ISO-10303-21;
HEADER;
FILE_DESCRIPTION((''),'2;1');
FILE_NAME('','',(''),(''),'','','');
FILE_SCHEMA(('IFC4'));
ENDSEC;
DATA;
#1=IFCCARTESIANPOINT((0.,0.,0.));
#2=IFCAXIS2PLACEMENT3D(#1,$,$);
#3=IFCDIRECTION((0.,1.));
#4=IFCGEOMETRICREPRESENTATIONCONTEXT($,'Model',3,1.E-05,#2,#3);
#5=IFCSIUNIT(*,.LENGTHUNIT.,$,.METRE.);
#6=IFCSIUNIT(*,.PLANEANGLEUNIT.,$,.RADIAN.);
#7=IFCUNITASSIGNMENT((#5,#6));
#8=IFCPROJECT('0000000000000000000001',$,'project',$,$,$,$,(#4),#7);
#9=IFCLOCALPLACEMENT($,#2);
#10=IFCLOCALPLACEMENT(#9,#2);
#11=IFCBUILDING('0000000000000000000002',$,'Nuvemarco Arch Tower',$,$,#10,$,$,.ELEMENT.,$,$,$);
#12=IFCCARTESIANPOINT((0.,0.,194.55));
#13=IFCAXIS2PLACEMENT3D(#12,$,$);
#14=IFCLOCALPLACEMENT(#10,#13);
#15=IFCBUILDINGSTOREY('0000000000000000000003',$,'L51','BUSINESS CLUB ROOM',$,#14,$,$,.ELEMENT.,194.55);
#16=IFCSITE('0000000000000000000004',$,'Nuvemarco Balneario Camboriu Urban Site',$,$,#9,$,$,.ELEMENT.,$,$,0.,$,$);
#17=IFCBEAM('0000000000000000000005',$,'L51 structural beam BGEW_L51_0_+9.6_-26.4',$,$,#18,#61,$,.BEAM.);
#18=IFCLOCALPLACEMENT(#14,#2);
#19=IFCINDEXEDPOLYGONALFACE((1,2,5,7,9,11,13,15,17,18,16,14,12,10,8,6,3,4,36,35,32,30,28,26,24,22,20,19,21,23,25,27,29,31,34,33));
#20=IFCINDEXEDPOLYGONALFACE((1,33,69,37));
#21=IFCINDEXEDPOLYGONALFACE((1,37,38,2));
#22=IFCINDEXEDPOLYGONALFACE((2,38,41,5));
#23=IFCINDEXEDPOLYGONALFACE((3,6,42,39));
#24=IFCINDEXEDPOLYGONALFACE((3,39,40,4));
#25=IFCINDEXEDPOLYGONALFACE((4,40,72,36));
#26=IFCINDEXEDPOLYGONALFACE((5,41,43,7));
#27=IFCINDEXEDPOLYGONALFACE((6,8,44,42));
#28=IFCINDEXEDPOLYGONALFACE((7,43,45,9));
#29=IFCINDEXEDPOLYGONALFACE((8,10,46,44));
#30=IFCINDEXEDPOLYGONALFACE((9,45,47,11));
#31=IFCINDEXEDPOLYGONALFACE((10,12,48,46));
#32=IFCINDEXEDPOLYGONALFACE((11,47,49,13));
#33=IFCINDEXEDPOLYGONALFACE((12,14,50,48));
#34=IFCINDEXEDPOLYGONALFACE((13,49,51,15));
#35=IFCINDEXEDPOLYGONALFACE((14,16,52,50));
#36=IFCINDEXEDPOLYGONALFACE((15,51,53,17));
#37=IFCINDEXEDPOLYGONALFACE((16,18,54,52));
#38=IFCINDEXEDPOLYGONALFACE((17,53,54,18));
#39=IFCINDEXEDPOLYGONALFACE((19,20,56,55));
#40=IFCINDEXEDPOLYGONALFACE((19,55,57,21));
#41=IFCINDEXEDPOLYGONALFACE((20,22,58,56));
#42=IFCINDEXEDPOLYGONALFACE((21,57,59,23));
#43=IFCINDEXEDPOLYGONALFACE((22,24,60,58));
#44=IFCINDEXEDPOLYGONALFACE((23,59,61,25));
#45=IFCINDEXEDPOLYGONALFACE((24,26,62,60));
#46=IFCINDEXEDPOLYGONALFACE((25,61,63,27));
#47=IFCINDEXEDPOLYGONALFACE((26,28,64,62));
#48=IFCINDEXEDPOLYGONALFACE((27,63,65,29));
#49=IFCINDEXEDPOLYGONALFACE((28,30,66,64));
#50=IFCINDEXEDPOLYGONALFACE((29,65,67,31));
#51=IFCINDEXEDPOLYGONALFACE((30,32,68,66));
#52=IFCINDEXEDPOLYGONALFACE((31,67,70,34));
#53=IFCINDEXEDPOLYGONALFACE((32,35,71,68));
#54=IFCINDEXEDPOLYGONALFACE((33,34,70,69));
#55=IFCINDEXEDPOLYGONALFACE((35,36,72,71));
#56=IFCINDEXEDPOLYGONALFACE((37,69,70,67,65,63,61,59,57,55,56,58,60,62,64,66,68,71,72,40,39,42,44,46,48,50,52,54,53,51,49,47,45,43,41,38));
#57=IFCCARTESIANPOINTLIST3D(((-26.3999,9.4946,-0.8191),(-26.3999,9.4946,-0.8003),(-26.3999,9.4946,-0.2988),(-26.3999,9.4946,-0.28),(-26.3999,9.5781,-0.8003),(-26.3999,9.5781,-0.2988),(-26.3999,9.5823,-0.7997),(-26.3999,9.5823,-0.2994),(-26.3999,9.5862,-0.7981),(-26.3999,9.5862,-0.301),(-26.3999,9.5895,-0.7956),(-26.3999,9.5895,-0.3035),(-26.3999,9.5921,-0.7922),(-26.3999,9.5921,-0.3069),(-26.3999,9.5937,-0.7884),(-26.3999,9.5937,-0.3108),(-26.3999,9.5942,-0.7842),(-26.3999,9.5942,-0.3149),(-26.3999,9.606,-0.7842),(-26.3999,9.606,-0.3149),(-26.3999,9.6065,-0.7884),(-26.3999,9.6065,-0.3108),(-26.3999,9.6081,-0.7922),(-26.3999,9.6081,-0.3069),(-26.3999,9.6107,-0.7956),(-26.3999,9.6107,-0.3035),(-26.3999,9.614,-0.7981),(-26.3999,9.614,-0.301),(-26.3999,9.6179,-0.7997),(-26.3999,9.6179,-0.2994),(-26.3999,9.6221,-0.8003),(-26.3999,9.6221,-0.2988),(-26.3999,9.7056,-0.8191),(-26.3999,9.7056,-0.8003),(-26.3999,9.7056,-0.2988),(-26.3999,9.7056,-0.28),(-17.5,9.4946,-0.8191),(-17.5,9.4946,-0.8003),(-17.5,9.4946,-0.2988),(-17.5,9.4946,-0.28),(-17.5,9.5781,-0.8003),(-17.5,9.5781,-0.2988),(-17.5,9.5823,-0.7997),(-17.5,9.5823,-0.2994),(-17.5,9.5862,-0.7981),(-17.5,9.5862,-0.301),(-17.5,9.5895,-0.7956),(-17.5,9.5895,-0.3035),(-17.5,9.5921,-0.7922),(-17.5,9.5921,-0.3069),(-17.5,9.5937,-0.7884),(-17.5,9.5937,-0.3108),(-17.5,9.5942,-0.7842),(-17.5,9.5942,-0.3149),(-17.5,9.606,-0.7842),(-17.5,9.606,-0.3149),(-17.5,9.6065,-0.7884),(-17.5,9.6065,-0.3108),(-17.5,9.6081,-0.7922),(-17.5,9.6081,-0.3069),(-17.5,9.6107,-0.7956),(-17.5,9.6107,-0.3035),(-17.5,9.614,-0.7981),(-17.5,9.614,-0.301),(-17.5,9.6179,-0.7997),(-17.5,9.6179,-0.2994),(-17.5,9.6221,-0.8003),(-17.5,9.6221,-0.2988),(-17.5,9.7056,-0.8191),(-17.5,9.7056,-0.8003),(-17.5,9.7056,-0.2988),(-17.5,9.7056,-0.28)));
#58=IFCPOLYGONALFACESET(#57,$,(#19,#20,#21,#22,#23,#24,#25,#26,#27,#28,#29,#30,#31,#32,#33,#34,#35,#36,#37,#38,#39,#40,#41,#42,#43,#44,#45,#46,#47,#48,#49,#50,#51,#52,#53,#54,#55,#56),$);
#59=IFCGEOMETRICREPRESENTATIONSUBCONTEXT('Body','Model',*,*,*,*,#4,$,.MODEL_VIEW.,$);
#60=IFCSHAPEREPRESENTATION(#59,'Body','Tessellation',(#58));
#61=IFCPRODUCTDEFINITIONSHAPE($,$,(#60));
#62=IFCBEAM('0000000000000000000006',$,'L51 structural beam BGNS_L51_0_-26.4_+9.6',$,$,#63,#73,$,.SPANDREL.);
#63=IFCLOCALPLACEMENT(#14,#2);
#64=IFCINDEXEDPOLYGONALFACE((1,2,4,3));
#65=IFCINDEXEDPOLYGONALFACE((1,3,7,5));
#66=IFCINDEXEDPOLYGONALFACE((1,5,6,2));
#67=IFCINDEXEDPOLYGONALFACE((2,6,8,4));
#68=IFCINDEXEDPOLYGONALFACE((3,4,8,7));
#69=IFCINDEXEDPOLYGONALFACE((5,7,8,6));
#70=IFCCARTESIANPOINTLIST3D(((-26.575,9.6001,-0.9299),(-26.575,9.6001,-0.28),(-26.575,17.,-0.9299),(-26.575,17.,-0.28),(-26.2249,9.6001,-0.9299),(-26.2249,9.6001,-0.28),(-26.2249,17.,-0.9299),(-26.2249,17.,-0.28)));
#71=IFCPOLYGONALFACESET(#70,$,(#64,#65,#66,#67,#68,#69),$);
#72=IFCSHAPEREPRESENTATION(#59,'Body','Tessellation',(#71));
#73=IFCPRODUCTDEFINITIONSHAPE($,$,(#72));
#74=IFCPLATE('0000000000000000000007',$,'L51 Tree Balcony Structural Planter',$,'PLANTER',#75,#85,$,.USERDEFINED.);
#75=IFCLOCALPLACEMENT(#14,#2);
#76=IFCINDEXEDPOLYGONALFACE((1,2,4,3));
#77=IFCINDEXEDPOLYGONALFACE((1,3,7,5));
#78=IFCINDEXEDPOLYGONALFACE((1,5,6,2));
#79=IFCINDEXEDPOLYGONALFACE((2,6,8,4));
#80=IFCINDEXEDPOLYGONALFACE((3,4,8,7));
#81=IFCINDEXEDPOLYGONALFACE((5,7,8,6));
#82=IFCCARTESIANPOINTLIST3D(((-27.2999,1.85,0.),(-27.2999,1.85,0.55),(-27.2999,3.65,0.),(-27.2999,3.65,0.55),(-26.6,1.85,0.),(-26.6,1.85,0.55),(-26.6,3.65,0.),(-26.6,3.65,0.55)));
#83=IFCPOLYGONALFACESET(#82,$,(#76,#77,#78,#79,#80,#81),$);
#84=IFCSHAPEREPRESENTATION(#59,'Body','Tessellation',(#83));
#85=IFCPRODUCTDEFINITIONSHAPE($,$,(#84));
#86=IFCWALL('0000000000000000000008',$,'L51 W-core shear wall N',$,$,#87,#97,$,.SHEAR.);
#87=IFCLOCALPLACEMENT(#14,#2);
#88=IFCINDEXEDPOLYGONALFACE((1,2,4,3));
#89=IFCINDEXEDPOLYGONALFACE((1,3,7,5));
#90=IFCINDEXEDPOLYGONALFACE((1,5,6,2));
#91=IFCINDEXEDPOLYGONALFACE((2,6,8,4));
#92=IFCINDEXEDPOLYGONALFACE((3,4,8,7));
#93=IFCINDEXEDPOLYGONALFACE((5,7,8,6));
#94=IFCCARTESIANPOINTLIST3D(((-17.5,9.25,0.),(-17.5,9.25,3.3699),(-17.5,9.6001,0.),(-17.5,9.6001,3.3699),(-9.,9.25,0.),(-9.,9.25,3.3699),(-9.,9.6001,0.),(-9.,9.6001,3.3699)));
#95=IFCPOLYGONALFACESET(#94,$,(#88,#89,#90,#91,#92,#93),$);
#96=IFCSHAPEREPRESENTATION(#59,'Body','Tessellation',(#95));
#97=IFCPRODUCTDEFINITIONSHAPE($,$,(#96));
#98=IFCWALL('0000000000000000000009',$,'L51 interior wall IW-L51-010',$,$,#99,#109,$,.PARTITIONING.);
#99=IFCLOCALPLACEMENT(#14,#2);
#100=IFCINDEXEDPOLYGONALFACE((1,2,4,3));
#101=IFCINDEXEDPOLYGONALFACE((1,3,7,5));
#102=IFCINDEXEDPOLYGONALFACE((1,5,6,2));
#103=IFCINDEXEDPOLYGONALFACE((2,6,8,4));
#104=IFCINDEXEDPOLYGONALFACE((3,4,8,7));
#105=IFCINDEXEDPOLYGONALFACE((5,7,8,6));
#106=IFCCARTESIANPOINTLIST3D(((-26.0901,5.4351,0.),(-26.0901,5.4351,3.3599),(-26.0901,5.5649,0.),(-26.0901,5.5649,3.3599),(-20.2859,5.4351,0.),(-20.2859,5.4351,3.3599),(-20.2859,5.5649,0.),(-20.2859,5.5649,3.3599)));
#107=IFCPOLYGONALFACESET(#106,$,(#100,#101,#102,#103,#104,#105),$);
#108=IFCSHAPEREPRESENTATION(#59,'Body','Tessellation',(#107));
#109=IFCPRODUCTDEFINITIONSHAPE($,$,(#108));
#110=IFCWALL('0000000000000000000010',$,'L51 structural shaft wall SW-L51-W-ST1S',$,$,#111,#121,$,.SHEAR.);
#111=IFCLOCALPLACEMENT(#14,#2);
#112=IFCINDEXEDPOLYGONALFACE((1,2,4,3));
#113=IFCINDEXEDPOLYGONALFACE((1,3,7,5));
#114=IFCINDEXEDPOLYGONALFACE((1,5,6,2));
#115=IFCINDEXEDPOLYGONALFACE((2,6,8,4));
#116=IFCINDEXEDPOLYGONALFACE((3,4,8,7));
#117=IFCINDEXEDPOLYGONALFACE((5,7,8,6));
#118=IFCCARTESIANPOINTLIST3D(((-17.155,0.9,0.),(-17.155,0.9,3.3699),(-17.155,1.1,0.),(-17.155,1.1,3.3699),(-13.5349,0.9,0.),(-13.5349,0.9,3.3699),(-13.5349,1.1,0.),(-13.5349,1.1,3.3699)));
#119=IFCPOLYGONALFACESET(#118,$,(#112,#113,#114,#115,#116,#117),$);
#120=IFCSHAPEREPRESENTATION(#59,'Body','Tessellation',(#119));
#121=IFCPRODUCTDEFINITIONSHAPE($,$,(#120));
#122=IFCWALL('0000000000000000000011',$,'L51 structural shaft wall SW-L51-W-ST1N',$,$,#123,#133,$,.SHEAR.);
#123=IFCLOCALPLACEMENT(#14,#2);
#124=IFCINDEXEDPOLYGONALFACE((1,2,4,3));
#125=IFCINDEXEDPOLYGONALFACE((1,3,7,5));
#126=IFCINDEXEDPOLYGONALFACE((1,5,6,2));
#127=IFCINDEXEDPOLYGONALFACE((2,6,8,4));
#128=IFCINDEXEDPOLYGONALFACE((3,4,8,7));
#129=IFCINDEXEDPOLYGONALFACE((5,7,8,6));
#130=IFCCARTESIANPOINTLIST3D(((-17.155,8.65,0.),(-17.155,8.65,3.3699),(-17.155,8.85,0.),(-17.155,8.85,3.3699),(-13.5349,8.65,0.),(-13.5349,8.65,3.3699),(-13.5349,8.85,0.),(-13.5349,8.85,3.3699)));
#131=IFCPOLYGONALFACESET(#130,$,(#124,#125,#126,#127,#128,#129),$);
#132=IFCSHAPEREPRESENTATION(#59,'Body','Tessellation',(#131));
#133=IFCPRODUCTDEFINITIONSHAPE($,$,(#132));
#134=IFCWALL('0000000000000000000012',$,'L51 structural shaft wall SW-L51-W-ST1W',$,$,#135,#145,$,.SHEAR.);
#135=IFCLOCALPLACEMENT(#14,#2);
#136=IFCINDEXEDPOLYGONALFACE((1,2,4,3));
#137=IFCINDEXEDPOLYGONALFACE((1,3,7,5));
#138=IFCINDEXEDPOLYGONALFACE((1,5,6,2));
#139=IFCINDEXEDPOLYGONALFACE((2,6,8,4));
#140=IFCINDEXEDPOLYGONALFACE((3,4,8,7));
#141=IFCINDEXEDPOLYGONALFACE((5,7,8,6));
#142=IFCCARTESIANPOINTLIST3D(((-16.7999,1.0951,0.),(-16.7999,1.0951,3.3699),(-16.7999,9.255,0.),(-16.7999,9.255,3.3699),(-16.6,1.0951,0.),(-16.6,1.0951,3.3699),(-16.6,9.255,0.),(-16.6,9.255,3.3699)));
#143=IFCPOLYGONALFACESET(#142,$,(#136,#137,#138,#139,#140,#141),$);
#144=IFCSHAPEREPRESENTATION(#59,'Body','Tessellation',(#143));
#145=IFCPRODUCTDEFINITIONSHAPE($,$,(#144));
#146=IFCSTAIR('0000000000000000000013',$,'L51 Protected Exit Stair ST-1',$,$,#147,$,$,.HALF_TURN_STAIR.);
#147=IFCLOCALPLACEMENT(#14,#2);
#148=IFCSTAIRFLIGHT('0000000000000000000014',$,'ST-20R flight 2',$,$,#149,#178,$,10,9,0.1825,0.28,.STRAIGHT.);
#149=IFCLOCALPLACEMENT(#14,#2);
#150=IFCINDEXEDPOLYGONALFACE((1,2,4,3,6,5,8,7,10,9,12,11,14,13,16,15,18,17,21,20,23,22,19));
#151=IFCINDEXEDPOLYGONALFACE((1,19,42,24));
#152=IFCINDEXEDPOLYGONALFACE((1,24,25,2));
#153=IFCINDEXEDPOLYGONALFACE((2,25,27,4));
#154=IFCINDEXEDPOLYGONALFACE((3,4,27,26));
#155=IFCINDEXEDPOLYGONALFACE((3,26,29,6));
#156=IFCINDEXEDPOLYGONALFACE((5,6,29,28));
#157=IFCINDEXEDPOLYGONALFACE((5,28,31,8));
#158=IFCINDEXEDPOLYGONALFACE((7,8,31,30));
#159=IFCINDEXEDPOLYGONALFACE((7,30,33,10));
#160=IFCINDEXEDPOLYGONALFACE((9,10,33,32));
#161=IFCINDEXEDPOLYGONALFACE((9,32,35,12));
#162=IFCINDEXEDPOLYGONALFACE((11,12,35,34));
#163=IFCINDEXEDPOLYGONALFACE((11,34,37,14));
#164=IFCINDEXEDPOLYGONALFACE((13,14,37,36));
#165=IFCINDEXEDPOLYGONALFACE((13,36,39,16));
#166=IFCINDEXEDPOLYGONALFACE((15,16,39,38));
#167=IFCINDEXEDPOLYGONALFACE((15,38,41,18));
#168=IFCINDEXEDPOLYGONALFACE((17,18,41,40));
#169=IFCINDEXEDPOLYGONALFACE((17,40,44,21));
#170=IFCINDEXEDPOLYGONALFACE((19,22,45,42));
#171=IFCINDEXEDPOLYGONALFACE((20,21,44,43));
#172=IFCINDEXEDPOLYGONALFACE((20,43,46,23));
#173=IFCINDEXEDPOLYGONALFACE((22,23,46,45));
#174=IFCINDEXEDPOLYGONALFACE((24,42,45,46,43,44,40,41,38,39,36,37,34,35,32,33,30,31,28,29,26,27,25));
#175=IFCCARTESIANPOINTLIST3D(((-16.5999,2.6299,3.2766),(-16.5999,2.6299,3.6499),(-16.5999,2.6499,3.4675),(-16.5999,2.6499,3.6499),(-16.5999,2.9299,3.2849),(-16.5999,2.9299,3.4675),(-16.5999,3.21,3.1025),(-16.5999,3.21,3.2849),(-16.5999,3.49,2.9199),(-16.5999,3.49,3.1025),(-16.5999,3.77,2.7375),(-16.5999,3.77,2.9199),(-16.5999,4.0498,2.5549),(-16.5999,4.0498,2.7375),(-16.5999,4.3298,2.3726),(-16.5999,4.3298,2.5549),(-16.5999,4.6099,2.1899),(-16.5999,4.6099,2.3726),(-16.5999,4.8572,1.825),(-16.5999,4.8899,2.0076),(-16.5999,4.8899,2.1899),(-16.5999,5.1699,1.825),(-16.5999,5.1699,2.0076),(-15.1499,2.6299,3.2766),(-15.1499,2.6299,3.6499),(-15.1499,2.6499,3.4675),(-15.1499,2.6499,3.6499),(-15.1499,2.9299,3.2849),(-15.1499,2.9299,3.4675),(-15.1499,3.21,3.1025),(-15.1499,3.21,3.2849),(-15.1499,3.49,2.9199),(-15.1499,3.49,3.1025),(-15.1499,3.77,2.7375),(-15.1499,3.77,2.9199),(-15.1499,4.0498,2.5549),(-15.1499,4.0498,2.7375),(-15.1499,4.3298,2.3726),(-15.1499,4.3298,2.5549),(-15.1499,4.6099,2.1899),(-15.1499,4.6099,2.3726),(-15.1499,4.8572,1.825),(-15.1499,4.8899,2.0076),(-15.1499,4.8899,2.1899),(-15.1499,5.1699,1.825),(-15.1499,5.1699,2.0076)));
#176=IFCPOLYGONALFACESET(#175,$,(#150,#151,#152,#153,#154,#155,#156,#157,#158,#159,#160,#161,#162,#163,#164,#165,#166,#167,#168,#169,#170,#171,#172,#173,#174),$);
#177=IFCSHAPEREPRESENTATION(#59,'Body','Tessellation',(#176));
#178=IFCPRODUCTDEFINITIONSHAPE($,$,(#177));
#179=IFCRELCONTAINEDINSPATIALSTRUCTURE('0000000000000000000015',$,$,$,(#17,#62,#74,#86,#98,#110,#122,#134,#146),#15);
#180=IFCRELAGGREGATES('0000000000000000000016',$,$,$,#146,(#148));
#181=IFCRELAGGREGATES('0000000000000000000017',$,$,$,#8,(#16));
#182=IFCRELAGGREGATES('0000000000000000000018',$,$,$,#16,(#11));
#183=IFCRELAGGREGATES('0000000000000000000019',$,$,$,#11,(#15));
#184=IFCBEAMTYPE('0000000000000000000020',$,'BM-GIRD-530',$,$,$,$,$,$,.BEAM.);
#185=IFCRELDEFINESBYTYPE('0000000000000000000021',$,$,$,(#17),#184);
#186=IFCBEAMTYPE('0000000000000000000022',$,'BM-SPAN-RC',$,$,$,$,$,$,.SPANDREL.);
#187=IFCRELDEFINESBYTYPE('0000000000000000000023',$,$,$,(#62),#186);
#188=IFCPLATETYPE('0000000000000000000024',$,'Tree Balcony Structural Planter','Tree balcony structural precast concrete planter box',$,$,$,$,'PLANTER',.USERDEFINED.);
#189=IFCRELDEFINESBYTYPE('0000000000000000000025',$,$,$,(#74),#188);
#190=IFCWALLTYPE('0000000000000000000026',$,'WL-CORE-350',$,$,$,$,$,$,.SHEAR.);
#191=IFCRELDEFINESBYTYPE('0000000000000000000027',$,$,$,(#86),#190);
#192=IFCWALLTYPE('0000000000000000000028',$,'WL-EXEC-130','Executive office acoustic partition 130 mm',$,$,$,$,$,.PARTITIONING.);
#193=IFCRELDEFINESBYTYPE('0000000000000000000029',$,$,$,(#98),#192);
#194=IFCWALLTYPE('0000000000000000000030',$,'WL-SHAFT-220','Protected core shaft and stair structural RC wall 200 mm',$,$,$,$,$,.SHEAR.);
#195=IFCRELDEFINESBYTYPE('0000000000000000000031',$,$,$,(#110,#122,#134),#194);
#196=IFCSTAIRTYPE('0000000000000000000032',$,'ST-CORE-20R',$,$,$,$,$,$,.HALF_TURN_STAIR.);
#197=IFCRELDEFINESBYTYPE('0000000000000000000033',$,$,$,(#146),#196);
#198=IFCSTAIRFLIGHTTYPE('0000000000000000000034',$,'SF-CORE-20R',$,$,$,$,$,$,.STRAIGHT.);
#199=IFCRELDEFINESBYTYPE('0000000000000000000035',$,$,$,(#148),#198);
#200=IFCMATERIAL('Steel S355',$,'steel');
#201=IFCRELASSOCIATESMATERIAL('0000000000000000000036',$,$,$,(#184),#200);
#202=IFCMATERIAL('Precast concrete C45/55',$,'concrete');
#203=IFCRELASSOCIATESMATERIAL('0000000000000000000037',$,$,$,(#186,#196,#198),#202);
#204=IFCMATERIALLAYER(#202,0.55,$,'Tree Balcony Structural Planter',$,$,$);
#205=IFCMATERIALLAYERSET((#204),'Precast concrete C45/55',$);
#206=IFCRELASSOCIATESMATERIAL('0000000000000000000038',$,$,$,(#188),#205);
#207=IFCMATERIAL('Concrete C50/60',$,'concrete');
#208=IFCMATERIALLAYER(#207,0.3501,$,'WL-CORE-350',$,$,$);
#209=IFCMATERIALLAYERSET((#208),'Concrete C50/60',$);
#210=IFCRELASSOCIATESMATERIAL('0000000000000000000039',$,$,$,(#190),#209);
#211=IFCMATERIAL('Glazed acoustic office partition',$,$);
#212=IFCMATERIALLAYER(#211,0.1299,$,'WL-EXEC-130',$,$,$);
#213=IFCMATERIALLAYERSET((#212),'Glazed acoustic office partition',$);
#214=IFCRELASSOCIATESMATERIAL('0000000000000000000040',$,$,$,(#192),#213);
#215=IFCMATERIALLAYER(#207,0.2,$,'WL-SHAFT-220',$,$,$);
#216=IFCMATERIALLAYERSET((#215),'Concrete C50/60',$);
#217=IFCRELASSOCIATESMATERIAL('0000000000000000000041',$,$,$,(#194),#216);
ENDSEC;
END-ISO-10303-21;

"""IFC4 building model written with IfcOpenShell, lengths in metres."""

from ifc_helpers import new_model, si_unit, direction, frame, frame_2d, origin, origin_2d, place, context, subcontext, project, spatial, polyline, rectangle, i_section, outline, extrude, source, transform, mapped, material, layer, layer_set, material_profile, profile_set, type_object, type_shapes, element, aggregate, save


model = new_model("IFC4")

# Units and contexts
model_context = context("Model", 3, precision=1e-05, world=origin(), true_north=direction((0.0, 1.0)))
body_context = subcontext(model_context, "Body", "Model", "MODEL_VIEW")
ifc_project = project(units=[si_unit("LENGTHUNIT", "METRE"), si_unit("PLANEANGLEUNIT", "RADIAN")], contexts=[model_context])

# Site, building, storey
site_placement = place(None, origin())
site = spatial("IfcSite", under=ifc_project, at=site_placement, Name="Nuvemarco Balneario Camboriu Urban Site", CompositionType="ELEMENT", RefElevation=0.0)
building_placement = place(site_placement, origin())
building = spatial("IfcBuilding", under=site, at=building_placement, Name="Nuvemarco Arch Tower", CompositionType="ELEMENT")
storey_placement = place(building_placement, frame((0.0, 0.0, 194.55)))
storey = spatial("IfcBuildingStorey", under=building, at=storey_placement, Name="L51", Description="BUSINESS CLUB ROOM", CompositionType="ELEMENT", Elevation=194.55)

# Shared definitions
ifc_material_1 = material(Name="Concrete C50/60", Category="concrete")
ifc_material_2 = material(Name="Steel S355", Category="steel")

# Beams
ifc_material_profile_1 = material_profile(ifc_material_2, i_section(OverallWidth=0.2109, OverallDepth=0.5391, WebThickness=0.0117, FlangeThickness=0.0188, FilletRadius=0.0161, at=origin_2d()), Name="W530x109")
ifc_profile_set_1 = profile_set([ifc_material_profile_1], Name="Steel S355")
beam_type_1 = type_object("IfcBeamType", Name="BM-GIRD-530", PredefinedType="BEAM", material=ifc_profile_set_1)
beam_1_placement = place(storey_placement, frame((-26.3999, 9.6001, -0.5496), z_axis=(1.0, 0.0, 0.0), x_axis=(0.0, 1.0, 0.0)))
element("IfcBeam", 1, at=beam_1_placement, inside=storey, type_object=beam_type_1, Name="L51 structural beam BGEW_L51_0_+9.6_-26.4", PredefinedType="BEAM", context=body_context, shape_type="SweptSolid", body=[
    extrude(i_section(OverallWidth=0.2109, OverallDepth=0.5391, WebThickness=0.0117, FlangeThickness=0.0188, FilletRadius=0.0161, at=origin_2d()), origin(), (0.0, 0.0, 1.0), 8.8999),
])
ifc_material_3 = material(Name="Precast concrete C45/55", Category="concrete")
ifc_material_profile_2 = material_profile(ifc_material_3, rectangle(XDim=0.3501, YDim=0.6499, at=origin_2d()), Name="PC-SP-350x650")
ifc_profile_set_2 = profile_set([ifc_material_profile_2], Name="Precast concrete C45/55")
beam_type_2 = type_object("IfcBeamType", Name="BM-SPAN-RC", PredefinedType="SPANDREL", material=ifc_profile_set_2)
beam_2_placement = place(storey_placement, frame((-26.3999, 9.6001, -0.605), z_axis=(0.0, 1.0, 0.0), x_axis=(-1.0, 0.0, 0.0)))
element("IfcBeam", 2, at=beam_2_placement, inside=storey, type_object=beam_type_2, Name="L51 structural beam BGNS_L51_0_-26.4_+9.6", PredefinedType="SPANDREL", context=body_context, shape_type="SweptSolid", body=[
    extrude(rectangle(XDim=0.3501, YDim=0.6499, at=origin_2d()), origin(), (0.0, 0.0, 1.0), 7.3999),
])

# Plate
ifc_layer_1 = layer(ifc_material_3, 0.55, Name="Tree Balcony Structural Planter")
ifc_layer_set_1 = layer_set([ifc_layer_1], Name="Precast concrete C45/55")
plate_type = type_object("IfcPlateType", Name="Tree Balcony Structural Planter", Description="Tree balcony structural precast concrete planter box", ElementType="PLANTER", PredefinedType="USERDEFINED", material=ifc_layer_set_1)
shared_shape_1 = source(origin(), body_context, "Body", "SweptSolid", [
    extrude(rectangle(XDim=1.8, YDim=0.7, at=origin_2d()), origin(), (0.0, 0.0, 1.0), 0.55),
])
type_shapes(plate_type, [shared_shape_1])
plate_placement = place(storey_placement, frame((-26.95, 2.75, 0.0), z_axis=(0.0, 0.0, 1.0), x_axis=(0.0, 1.0, 0.0)))
element("IfcPlate", 3, at=plate_placement, inside=storey, type_object=plate_type, Name="L51 Tree Balcony Structural Planter", ObjectType="PLANTER", PredefinedType="USERDEFINED", context=body_context, shape_type="MappedRepresentation", body=[
    mapped(shared_shape_1, transform((0.0, 0.0, 0.0), scale=1.0)),
])

# Walls
ifc_layer_2 = layer(ifc_material_1, 0.3501, Name="WL-CORE-350")
ifc_layer_set_2 = layer_set([ifc_layer_2], Name="Concrete C50/60")
wall_type_1 = type_object("IfcWallType", Name="WL-CORE-350", PredefinedType="SHEAR", material=ifc_layer_set_2)
wall_1_placement = place(storey_placement, frame((-17.5, 9.425, 0.0), z_axis=(0.0, 0.0, 1.0), x_axis=(1.0, 0.0, 0.0)))
element("IfcWall", 4, at=wall_1_placement, inside=storey, type_object=wall_type_1, Name="L51 W-core shear wall N", PredefinedType="SHEAR", context=body_context, shape_type="SweptSolid", body=[
    extrude(rectangle(XDim=8.5, YDim=0.3501, at=frame_2d((4.25, 0.0))), origin(), (0.0, 0.0, 1.0), 3.3699),
])
ifc_material_4 = material(Name="Glazed acoustic office partition")
ifc_layer_3 = layer(ifc_material_4, 0.1299, Name="WL-EXEC-130")
ifc_layer_set_3 = layer_set([ifc_layer_3], Name="Glazed acoustic office partition")
wall_type_2 = type_object("IfcWallType", Name="WL-EXEC-130", Description="Executive office acoustic partition 130 mm", PredefinedType="PARTITIONING", material=ifc_layer_set_3)
wall_2_placement = place(storey_placement, frame((-26.0901, 5.5, 0.0), z_axis=(0.0, 0.0, 1.0), x_axis=(1.0, 0.0, 0.0)))
element("IfcWall", 5, at=wall_2_placement, inside=storey, type_object=wall_type_2, Name="L51 interior wall IW-L51-010", PredefinedType="PARTITIONING", context=body_context, shape_type="SweptSolid", body=[
    extrude(rectangle(XDim=5.8042, YDim=0.1299, at=frame_2d((2.9021, 0.0))), origin(), (0.0, 0.0, 1.0), 3.3599),
])
ifc_layer_4 = layer(ifc_material_1, 0.2, Name="WL-SHAFT-220")
ifc_layer_set_4 = layer_set([ifc_layer_4], Name="Concrete C50/60")
wall_type_3 = type_object("IfcWallType", Name="WL-SHAFT-220", Description="Protected core shaft and stair structural RC wall 200 mm", PredefinedType="SHEAR", material=ifc_layer_set_4)
for number, where, z_axis, x_axis, name in (
    (6, (-17.155, 1.0, 0.0), (0.0, 0.0, 1.0), (1.0, 0.0, 0.0), "L51 structural shaft wall SW-L51-W-ST1S"),
    (7, (-17.155, 8.75, 0.0), (0.0, 0.0, 1.0), (1.0, 0.0, 0.0), "L51 structural shaft wall SW-L51-W-ST1N"),
):
    element("IfcWall", number, at=place(storey_placement, frame(where, z_axis=z_axis, x_axis=x_axis)), inside=storey, type_object=wall_type_3, Name=name, PredefinedType="SHEAR", context=body_context, shape_type="SweptSolid", body=[
        extrude(rectangle(XDim=3.6201, YDim=0.2, at=frame_2d((1.8101, 0.0))), origin(), (0.0, 0.0, 1.0), 3.3699),
    ])
wall_3_placement = place(storey_placement, frame((-16.7, 1.095, 0.0), z_axis=(0.0, 0.0, 1.0), x_axis=(0.0, 1.0, 0.0)))
element("IfcWall", 8, at=wall_3_placement, inside=storey, type_object=wall_type_3, Name="L51 structural shaft wall SW-L51-W-ST1W", PredefinedType="SHEAR", context=body_context, shape_type="SweptSolid", body=[
    extrude(rectangle(XDim=8.1599, YDim=0.2, at=frame_2d((4.0801, 0.0))), origin(), (0.0, 0.0, 1.0), 3.3699),
])

# Stair, stair flight
stair_type = type_object("IfcStairType", Name="ST-CORE-20R", PredefinedType="HALF_TURN_STAIR", material=ifc_material_3)
stair_placement = place(storey_placement, origin())
stair = element("IfcStair", 9, at=stair_placement, inside=storey, type_object=stair_type, Name="L51 Protected Exit Stair ST-1", PredefinedType="HALF_TURN_STAIR")
stair_flight_type = type_object("IfcStairFlightType", Name="SF-CORE-20R", PredefinedType="STRAIGHT", material=ifc_material_3)
stair_flight_placement = place(storey_placement, frame((-15.875, 5.1699, 1.825), z_axis=(0.0, 0.0, 1.0), x_axis=(0.0, -1.0, 0.0)))
stair_flight = element("IfcStairFlight", 10, at=stair_flight_placement, type_object=stair_flight_type, Name="ST-20R flight 2", NumberOfRisers=10, NumberOfTreads=9, PredefinedType="STRAIGHT", RiserHeight=0.1825, TreadLength=0.28, context=body_context, shape_type="SweptSolid", body=[
    extrude(outline(polyline([(0.0, 0.0), (0.0, 0.1826), (0.28, 0.1826), (0.28, 0.365), (0.5601, 0.365), (0.5601, 0.5476), (0.8401, 0.5476), (0.8401, 0.73), (1.1201, 0.73), (1.1201, 0.9126), (1.3999, 0.9126), (1.3999, 1.095), (1.6799, 1.095), (1.6799, 1.2776), (1.96, 1.2776), (1.96, 1.46), (2.24, 1.46), (2.24, 1.6426), (2.52, 1.6426), (2.52, 1.825), (2.54, 1.825), (2.54, 1.4517), (0.3127, 0.0), (0.0, 0.0)])), frame((0.0, 0.7251, 0.0), z_axis=(0.0, -1.0, 0.0), x_axis=(1.0, 0.0, 0.0)), (0.0, 0.0, 1.0), 1.45),
])
aggregate(stair, [stair_flight])

save(model, "model.ifc")
